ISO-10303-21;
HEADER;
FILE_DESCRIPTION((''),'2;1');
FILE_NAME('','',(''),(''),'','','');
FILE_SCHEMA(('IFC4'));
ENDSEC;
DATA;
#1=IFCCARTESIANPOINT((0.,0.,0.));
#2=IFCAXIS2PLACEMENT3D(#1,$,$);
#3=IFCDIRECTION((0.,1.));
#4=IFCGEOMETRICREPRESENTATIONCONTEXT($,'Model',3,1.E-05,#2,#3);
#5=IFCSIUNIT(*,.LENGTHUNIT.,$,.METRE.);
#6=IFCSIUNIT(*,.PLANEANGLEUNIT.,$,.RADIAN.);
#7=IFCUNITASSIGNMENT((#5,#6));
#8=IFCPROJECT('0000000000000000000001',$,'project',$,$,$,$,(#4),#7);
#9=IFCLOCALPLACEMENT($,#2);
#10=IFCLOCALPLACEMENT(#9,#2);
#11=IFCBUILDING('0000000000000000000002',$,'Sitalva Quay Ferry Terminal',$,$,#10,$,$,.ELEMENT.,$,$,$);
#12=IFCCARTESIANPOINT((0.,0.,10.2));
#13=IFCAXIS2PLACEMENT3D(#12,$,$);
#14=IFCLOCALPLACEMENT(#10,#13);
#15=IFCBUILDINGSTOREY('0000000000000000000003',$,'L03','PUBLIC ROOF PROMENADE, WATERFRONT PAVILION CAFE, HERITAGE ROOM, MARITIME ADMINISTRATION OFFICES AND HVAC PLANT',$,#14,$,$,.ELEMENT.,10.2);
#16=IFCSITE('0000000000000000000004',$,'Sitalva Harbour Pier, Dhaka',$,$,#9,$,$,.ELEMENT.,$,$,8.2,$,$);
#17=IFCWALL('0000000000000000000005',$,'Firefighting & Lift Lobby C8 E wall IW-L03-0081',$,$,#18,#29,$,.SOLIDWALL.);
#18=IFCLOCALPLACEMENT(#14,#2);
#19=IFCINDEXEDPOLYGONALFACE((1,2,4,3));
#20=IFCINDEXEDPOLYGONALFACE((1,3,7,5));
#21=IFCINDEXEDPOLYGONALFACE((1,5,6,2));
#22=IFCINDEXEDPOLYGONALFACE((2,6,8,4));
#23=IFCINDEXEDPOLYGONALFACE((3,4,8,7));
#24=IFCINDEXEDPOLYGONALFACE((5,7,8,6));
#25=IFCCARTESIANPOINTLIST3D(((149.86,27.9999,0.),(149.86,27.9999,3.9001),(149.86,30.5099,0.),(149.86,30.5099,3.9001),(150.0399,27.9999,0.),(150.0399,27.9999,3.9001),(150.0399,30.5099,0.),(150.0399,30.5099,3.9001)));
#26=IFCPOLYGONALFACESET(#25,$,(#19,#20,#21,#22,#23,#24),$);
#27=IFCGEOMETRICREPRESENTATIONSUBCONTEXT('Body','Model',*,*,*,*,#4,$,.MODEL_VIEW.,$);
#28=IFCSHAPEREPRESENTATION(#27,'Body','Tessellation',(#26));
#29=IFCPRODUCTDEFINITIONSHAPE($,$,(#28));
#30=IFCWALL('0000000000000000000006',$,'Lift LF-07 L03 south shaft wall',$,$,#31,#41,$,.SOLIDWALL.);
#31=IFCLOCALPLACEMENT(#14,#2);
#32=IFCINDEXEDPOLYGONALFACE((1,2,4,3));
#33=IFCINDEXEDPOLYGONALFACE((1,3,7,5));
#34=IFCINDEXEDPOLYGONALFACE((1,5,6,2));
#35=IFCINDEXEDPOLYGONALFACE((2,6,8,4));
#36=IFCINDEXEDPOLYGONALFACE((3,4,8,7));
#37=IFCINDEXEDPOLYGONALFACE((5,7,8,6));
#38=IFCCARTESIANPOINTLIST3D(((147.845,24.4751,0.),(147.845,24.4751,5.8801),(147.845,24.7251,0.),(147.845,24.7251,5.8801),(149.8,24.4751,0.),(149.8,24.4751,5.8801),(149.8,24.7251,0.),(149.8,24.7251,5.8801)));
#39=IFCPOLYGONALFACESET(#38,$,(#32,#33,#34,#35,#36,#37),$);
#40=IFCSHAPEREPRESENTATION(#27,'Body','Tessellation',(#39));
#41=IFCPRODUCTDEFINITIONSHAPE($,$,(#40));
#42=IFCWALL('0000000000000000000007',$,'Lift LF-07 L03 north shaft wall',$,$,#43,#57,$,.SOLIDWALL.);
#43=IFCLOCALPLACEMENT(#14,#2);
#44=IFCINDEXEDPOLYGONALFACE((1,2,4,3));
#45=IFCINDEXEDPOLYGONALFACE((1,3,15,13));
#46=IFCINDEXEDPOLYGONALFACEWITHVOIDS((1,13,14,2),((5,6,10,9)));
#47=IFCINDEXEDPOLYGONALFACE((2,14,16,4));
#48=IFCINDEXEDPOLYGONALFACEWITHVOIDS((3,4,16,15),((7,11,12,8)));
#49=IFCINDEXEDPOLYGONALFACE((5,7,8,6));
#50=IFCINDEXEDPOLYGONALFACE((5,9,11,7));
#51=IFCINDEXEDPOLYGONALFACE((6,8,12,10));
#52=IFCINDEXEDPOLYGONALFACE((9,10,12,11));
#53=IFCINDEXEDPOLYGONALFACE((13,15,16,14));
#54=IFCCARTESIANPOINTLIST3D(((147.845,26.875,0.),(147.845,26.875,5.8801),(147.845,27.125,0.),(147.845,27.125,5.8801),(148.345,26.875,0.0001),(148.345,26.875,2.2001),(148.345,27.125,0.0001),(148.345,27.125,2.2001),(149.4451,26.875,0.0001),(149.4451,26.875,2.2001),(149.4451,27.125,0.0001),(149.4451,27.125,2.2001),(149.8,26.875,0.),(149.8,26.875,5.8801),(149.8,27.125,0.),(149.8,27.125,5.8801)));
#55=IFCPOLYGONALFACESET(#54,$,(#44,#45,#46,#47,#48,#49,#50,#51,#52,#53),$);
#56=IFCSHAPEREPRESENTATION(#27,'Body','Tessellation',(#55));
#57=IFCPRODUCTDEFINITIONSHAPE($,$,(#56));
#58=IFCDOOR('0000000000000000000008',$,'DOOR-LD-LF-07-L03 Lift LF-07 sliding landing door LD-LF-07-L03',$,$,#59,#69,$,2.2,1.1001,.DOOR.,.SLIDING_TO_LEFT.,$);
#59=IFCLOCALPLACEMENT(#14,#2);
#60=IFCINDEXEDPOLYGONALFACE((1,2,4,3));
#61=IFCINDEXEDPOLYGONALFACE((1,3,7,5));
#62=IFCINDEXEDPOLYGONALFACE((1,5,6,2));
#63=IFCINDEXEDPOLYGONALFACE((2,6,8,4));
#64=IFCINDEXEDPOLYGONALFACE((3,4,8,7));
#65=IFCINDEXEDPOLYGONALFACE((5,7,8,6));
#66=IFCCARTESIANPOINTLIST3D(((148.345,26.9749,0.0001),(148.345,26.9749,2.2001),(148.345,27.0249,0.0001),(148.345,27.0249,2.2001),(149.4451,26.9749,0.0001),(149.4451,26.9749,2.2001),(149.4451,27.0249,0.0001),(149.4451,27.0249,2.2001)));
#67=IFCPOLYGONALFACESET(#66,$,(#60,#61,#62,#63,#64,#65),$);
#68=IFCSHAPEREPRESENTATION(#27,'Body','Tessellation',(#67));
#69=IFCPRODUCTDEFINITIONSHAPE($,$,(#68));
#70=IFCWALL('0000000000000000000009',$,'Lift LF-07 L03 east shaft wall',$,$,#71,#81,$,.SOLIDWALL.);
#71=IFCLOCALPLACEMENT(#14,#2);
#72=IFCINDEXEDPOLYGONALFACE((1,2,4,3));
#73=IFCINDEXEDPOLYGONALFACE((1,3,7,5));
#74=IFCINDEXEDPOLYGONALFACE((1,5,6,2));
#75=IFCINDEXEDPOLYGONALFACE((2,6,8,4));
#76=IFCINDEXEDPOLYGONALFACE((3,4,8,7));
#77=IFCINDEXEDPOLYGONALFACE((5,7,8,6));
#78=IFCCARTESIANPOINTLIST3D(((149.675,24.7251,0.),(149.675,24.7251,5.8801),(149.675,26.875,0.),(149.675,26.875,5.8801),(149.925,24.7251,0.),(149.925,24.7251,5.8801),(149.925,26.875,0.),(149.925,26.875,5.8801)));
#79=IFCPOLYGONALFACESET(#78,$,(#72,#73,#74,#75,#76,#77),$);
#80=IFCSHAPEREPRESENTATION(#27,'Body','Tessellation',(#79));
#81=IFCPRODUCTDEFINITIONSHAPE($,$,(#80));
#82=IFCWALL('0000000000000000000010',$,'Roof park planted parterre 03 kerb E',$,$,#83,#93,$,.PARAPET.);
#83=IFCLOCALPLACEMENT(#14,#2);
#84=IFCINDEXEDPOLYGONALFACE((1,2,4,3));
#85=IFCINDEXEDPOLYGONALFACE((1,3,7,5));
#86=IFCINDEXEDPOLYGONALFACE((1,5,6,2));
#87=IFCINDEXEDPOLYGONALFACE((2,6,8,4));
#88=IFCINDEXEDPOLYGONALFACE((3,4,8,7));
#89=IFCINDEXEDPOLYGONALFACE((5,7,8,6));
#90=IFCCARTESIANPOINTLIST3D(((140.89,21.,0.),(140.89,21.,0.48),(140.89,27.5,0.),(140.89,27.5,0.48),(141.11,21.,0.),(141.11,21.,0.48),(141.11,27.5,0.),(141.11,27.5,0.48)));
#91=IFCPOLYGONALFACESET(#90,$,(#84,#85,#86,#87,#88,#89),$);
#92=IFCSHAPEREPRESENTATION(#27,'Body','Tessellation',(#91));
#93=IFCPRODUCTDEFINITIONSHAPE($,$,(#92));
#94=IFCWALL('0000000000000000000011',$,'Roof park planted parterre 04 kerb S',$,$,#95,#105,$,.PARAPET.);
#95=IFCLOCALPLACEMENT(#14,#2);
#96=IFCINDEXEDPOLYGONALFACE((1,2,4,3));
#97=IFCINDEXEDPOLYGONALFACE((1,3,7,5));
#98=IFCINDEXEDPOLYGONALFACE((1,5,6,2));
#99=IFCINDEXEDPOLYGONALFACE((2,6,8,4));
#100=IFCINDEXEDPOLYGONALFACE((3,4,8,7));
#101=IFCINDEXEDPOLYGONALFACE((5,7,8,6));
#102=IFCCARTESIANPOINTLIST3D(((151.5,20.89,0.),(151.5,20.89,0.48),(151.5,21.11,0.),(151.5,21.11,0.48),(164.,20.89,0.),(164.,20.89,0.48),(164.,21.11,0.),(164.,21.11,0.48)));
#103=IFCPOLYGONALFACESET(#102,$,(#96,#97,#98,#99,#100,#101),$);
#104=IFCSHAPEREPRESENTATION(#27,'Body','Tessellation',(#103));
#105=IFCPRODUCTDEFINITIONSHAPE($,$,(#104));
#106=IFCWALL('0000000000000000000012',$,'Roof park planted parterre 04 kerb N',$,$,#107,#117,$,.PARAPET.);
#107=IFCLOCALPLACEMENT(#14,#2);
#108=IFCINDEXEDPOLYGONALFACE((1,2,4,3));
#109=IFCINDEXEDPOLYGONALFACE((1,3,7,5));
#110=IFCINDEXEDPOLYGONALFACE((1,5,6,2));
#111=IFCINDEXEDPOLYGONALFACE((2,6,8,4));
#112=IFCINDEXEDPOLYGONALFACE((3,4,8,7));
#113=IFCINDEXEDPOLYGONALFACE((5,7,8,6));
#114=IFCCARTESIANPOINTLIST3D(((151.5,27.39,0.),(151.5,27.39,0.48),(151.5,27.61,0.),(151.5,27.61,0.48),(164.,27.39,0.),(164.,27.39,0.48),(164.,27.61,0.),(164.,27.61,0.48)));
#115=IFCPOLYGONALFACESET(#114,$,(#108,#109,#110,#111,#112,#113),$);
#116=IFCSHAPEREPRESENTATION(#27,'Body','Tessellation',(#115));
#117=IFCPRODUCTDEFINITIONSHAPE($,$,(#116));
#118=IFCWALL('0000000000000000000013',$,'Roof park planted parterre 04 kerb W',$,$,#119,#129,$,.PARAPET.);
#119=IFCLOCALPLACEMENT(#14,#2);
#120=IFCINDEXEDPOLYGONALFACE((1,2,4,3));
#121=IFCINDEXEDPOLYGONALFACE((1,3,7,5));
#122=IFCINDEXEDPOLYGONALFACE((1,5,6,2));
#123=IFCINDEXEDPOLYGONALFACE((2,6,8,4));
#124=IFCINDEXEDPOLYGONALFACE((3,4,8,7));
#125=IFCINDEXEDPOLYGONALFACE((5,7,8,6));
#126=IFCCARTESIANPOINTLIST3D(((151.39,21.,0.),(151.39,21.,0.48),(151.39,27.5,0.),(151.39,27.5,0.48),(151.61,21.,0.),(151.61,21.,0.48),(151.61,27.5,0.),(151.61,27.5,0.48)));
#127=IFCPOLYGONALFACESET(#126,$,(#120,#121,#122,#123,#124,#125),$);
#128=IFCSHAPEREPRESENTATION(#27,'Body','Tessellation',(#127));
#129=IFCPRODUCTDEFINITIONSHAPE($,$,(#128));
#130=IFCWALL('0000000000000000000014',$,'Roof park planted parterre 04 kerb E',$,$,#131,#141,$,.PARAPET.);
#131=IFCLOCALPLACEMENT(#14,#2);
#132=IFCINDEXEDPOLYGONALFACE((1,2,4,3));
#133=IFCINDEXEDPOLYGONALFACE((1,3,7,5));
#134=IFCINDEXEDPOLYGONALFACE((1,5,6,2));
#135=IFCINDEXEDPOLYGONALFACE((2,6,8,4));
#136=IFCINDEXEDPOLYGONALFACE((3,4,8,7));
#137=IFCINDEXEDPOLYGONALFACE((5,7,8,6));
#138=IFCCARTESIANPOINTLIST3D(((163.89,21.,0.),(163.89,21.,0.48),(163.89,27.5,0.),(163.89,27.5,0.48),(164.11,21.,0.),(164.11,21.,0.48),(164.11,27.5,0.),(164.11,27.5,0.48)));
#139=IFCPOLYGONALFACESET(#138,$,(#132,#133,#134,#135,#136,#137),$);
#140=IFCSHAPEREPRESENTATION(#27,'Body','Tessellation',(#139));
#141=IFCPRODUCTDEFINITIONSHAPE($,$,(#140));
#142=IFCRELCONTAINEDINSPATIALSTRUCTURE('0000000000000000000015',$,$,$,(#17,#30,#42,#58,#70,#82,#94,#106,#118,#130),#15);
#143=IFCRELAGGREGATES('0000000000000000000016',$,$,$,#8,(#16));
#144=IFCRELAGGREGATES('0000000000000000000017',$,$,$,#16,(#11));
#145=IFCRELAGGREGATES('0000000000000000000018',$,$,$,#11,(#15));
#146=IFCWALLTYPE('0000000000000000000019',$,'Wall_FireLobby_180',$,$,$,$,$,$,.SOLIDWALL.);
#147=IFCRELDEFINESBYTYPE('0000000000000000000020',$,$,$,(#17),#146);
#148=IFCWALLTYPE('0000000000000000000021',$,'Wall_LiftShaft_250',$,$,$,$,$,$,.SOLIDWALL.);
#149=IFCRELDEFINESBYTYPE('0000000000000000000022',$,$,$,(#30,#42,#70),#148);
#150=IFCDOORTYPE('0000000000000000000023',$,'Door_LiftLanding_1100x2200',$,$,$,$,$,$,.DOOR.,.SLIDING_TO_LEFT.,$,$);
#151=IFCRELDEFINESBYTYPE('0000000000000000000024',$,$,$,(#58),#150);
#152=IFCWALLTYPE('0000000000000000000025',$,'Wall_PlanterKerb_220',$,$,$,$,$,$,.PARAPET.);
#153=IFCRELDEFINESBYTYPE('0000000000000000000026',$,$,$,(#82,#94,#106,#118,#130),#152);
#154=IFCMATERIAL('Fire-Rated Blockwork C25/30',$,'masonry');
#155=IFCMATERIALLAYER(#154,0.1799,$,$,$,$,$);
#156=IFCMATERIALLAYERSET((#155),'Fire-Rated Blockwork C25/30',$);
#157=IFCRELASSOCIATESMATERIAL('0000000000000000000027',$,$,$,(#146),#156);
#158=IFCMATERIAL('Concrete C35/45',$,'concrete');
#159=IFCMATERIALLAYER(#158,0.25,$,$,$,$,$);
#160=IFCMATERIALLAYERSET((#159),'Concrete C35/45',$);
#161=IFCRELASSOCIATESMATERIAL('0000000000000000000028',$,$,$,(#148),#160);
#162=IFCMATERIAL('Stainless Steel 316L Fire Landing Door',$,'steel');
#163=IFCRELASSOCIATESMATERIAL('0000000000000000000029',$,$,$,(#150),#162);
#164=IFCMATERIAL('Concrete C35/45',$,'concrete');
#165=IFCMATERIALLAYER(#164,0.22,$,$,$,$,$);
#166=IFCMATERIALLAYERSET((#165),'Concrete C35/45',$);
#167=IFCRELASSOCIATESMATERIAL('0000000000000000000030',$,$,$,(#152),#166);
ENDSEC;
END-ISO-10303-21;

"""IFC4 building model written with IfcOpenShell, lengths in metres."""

from ifc_helpers import new_model, si_unit, direction, frame, frame_2d, origin, place, context, subcontext, project, spatial, rectangle, extrude, material, layer, layer_set, type_object, element, fill, save


model = new_model("IFC4")

# Units and contexts
model_context = context("Model", 3, precision=1e-05, world=origin(), true_north=direction((0.0, 1.0)))
body_context = subcontext(model_context, "Body", "Model", "MODEL_VIEW")
ifc_project = project(units=[si_unit("LENGTHUNIT", "METRE"), si_unit("PLANEANGLEUNIT", "RADIAN")], contexts=[model_context])

# Site, building, storey
site_placement = place(None, origin())
site = spatial("IfcSite", under=ifc_project, at=site_placement, Name="Sitalva Harbour Pier, Dhaka", CompositionType="ELEMENT", RefElevation=8.2)
building_placement = place(site_placement, origin())
building = spatial("IfcBuilding", under=site, at=building_placement, Name="Sitalva Quay Ferry Terminal", CompositionType="ELEMENT")
storey_placement = place(building_placement, frame((0.0, 0.0, 10.2)))
storey = spatial("IfcBuildingStorey", under=building, at=storey_placement, Name="L03", Description="PUBLIC ROOF PROMENADE, WATERFRONT PAVILION CAFE, HERITAGE ROOM, MARITIME ADMINISTRATION OFFICES AND HVAC PLANT", CompositionType="ELEMENT", Elevation=10.2)

# Shared definitions
ifc_material_1 = material(Name="Fire-Rated Blockwork C25/30", Category="masonry")
ifc_layer_1 = layer(ifc_material_1, 0.1799)
ifc_layer_set_1 = layer_set([ifc_layer_1], Name="Fire-Rated Blockwork C25/30")
wall_type_1 = type_object("IfcWallType", Name="Wall_FireLobby_180", PredefinedType="SOLIDWALL", material=ifc_layer_set_1)

# Walls
for number, where, z_axis, x_axis, name in (
    (1, (149.95, 28.0, 0.0), (0.0, 0.0, 1.0), (0.0, 1.0, 0.0), "Firefighting & Lift Lobby C8 E wall IW-L03-0081"),
):
    element("IfcWall", number, at=place(storey_placement, frame(where, z_axis=z_axis, x_axis=x_axis)), inside=storey, type_object=wall_type_1, Name=name, PredefinedType="SOLIDWALL", context=body_context, shape_type="SweptSolid", body=[
        extrude(rectangle(XDim=2.51, YDim=0.1799, at=frame_2d((1.2549, 0.0))), origin(), (0.0, 0.0, 1.0), 3.9001),
    ])
ifc_material_2 = material(Name="Concrete C35/45", Category="concrete")
ifc_layer_2 = layer(ifc_material_2, 0.25)
ifc_layer_set_2 = layer_set([ifc_layer_2], Name="Concrete C35/45")
wall_type_2 = type_object("IfcWallType", Name="Wall_LiftShaft_250", PredefinedType="SOLIDWALL", material=ifc_layer_set_2)
wall_1_placement = place(storey_placement, frame((147.845, 24.6001, 0.0), z_axis=(0.0, 0.0, 1.0), x_axis=(1.0, 0.0, 0.0)))
element("IfcWall", 2, at=wall_1_placement, inside=storey, type_object=wall_type_2, Name="Lift LF-07 L03 south shaft wall", PredefinedType="SOLIDWALL", context=body_context, shape_type="SweptSolid", body=[
    extrude(rectangle(XDim=1.9551, YDim=0.25, at=frame_2d((0.9775, 0.0))), origin(), (0.0, 0.0, 1.0), 5.8801),
])

# Wall, opening, door
wall_2_placement = place(storey_placement, frame((147.845, 27.0, 0.0), z_axis=(0.0, 0.0, 1.0), x_axis=(1.0, 0.0, 0.0)))
wall_2 = element("IfcWall", 3, at=wall_2_placement, inside=storey, type_object=wall_type_2, Name="Lift LF-07 L03 north shaft wall", PredefinedType="SOLIDWALL", context=body_context, shape_type="SweptSolid", body=[
    extrude(rectangle(XDim=1.9551, YDim=0.25, at=frame_2d((0.9775, 0.0))), origin(), (0.0, 0.0, 1.0), 5.8801),
])
opening_1_placement = place(wall_2_placement, frame((0.5, 0.0, 0.0)))
opening_1 = element("IfcOpeningElement", 4, at=opening_1_placement, cuts=wall_2, PredefinedType="OPENING", context=body_context, shape_type="SweptSolid", body=[
    extrude(rectangle(XDim=1.1001, YDim=2.2, at=frame_2d((0.55, 1.1001))), frame((0.0, 0.135, 0.0), z_axis=(0.0, -1.0, 0.0), x_axis=(1.0, 0.0, 0.0)), (0.0, 0.0, 1.0), 0.27),
])
ifc_material_3 = material(Name="Stainless Steel 316L Fire Landing Door", Category="steel")
door_type_1 = type_object("IfcDoorType", Name="Door_LiftLanding_1100x2200", OperationType="SLIDING_TO_LEFT", PredefinedType="DOOR", material=ifc_material_3)
door_1_placement = place(opening_1_placement, origin())
door_1 = element("IfcDoor", 5, at=door_1_placement, inside=storey, type_object=door_type_1, Name="DOOR-LD-LF-07-L03 Lift LF-07 sliding landing door LD-LF-07-L03", OperationType="SLIDING_TO_LEFT", OverallHeight=2.2, OverallWidth=1.1001, PredefinedType="DOOR", context=body_context, shape_type="SweptSolid", body=[
    extrude(rectangle(XDim=1.1001, YDim=2.2, at=frame_2d((0.55, 1.1001))), frame((0.0, 0.0249, 0.0), z_axis=(0.0, -1.0, 0.0), x_axis=(1.0, 0.0, 0.0)), (0.0, 0.0, 1.0), 0.05),
])
fill(opening_1, door_1)

# Walls
wall_3_placement = place(storey_placement, frame((149.8, 24.7251, 0.0), z_axis=(0.0, 0.0, 1.0), x_axis=(0.0, 1.0, 0.0)))
element("IfcWall", 6, at=wall_3_placement, inside=storey, type_object=wall_type_2, Name="Lift LF-07 L03 east shaft wall", PredefinedType="SOLIDWALL", context=body_context, shape_type="SweptSolid", body=[
    extrude(rectangle(XDim=2.1499, YDim=0.25, at=frame_2d((1.075, 0.0))), origin(), (0.0, 0.0, 1.0), 5.8801),
])
ifc_material_4 = material(Name="Concrete C35/45", Category="concrete")
ifc_layer_3 = layer(ifc_material_4, 0.22)
ifc_layer_set_3 = layer_set([ifc_layer_3], Name="Concrete C35/45")
wall_type_3 = type_object("IfcWallType", Name="Wall_PlanterKerb_220", PredefinedType="PARAPET", material=ifc_layer_set_3)
wall_4_placement = place(storey_placement, frame((141.0, 21.0, 0.0), z_axis=(0.0, 0.0, 1.0), x_axis=(0.0, 1.0, 0.0)))
element("IfcWall", 7, at=wall_4_placement, inside=storey, type_object=wall_type_3, Name="Roof park planted parterre 03 kerb E", PredefinedType="PARAPET", context=body_context, shape_type="SweptSolid", body=[
    extrude(rectangle(XDim=6.5, YDim=0.22, at=frame_2d((3.25, 0.0))), origin(), (0.0, 0.0, 1.0), 0.48),
])
for number, where, z_axis, x_axis, name in (
    (8, (151.5, 21.0, 0.0), (0.0, 0.0, 1.0), (1.0, 0.0, 0.0), "Roof park planted parterre 04 kerb S"),
    (9, (151.5, 27.5, 0.0), (0.0, 0.0, 1.0), (1.0, 0.0, 0.0), "Roof park planted parterre 04 kerb N"),
):
    element("IfcWall", number, at=place(storey_placement, frame(where, z_axis=z_axis, x_axis=x_axis)), inside=storey, type_object=wall_type_3, Name=name, PredefinedType="PARAPET", context=body_context, shape_type="SweptSolid", body=[
        extrude(rectangle(XDim=12.5, YDim=0.22, at=frame_2d((6.25, 0.0))), origin(), (0.0, 0.0, 1.0), 0.48),
    ])
for number, where, z_axis, x_axis, name in (
    (10, (151.5, 21.0, 0.0), (0.0, 0.0, 1.0), (0.0, 1.0, 0.0), "Roof park planted parterre 04 kerb W"),
    (11, (164.0, 21.0, 0.0), (0.0, 0.0, 1.0), (0.0, 1.0, 0.0), "Roof park planted parterre 04 kerb E"),
):
    element("IfcWall", number, at=place(storey_placement, frame(where, z_axis=z_axis, x_axis=x_axis)), inside=storey, type_object=wall_type_3, Name=name, PredefinedType="PARAPET", context=body_context, shape_type="SweptSolid", body=[
        extrude(rectangle(XDim=6.5, YDim=0.22, at=frame_2d((3.25, 0.0))), origin(), (0.0, 0.0, 1.0), 0.48),
    ])

save(model, "model.ifc")
